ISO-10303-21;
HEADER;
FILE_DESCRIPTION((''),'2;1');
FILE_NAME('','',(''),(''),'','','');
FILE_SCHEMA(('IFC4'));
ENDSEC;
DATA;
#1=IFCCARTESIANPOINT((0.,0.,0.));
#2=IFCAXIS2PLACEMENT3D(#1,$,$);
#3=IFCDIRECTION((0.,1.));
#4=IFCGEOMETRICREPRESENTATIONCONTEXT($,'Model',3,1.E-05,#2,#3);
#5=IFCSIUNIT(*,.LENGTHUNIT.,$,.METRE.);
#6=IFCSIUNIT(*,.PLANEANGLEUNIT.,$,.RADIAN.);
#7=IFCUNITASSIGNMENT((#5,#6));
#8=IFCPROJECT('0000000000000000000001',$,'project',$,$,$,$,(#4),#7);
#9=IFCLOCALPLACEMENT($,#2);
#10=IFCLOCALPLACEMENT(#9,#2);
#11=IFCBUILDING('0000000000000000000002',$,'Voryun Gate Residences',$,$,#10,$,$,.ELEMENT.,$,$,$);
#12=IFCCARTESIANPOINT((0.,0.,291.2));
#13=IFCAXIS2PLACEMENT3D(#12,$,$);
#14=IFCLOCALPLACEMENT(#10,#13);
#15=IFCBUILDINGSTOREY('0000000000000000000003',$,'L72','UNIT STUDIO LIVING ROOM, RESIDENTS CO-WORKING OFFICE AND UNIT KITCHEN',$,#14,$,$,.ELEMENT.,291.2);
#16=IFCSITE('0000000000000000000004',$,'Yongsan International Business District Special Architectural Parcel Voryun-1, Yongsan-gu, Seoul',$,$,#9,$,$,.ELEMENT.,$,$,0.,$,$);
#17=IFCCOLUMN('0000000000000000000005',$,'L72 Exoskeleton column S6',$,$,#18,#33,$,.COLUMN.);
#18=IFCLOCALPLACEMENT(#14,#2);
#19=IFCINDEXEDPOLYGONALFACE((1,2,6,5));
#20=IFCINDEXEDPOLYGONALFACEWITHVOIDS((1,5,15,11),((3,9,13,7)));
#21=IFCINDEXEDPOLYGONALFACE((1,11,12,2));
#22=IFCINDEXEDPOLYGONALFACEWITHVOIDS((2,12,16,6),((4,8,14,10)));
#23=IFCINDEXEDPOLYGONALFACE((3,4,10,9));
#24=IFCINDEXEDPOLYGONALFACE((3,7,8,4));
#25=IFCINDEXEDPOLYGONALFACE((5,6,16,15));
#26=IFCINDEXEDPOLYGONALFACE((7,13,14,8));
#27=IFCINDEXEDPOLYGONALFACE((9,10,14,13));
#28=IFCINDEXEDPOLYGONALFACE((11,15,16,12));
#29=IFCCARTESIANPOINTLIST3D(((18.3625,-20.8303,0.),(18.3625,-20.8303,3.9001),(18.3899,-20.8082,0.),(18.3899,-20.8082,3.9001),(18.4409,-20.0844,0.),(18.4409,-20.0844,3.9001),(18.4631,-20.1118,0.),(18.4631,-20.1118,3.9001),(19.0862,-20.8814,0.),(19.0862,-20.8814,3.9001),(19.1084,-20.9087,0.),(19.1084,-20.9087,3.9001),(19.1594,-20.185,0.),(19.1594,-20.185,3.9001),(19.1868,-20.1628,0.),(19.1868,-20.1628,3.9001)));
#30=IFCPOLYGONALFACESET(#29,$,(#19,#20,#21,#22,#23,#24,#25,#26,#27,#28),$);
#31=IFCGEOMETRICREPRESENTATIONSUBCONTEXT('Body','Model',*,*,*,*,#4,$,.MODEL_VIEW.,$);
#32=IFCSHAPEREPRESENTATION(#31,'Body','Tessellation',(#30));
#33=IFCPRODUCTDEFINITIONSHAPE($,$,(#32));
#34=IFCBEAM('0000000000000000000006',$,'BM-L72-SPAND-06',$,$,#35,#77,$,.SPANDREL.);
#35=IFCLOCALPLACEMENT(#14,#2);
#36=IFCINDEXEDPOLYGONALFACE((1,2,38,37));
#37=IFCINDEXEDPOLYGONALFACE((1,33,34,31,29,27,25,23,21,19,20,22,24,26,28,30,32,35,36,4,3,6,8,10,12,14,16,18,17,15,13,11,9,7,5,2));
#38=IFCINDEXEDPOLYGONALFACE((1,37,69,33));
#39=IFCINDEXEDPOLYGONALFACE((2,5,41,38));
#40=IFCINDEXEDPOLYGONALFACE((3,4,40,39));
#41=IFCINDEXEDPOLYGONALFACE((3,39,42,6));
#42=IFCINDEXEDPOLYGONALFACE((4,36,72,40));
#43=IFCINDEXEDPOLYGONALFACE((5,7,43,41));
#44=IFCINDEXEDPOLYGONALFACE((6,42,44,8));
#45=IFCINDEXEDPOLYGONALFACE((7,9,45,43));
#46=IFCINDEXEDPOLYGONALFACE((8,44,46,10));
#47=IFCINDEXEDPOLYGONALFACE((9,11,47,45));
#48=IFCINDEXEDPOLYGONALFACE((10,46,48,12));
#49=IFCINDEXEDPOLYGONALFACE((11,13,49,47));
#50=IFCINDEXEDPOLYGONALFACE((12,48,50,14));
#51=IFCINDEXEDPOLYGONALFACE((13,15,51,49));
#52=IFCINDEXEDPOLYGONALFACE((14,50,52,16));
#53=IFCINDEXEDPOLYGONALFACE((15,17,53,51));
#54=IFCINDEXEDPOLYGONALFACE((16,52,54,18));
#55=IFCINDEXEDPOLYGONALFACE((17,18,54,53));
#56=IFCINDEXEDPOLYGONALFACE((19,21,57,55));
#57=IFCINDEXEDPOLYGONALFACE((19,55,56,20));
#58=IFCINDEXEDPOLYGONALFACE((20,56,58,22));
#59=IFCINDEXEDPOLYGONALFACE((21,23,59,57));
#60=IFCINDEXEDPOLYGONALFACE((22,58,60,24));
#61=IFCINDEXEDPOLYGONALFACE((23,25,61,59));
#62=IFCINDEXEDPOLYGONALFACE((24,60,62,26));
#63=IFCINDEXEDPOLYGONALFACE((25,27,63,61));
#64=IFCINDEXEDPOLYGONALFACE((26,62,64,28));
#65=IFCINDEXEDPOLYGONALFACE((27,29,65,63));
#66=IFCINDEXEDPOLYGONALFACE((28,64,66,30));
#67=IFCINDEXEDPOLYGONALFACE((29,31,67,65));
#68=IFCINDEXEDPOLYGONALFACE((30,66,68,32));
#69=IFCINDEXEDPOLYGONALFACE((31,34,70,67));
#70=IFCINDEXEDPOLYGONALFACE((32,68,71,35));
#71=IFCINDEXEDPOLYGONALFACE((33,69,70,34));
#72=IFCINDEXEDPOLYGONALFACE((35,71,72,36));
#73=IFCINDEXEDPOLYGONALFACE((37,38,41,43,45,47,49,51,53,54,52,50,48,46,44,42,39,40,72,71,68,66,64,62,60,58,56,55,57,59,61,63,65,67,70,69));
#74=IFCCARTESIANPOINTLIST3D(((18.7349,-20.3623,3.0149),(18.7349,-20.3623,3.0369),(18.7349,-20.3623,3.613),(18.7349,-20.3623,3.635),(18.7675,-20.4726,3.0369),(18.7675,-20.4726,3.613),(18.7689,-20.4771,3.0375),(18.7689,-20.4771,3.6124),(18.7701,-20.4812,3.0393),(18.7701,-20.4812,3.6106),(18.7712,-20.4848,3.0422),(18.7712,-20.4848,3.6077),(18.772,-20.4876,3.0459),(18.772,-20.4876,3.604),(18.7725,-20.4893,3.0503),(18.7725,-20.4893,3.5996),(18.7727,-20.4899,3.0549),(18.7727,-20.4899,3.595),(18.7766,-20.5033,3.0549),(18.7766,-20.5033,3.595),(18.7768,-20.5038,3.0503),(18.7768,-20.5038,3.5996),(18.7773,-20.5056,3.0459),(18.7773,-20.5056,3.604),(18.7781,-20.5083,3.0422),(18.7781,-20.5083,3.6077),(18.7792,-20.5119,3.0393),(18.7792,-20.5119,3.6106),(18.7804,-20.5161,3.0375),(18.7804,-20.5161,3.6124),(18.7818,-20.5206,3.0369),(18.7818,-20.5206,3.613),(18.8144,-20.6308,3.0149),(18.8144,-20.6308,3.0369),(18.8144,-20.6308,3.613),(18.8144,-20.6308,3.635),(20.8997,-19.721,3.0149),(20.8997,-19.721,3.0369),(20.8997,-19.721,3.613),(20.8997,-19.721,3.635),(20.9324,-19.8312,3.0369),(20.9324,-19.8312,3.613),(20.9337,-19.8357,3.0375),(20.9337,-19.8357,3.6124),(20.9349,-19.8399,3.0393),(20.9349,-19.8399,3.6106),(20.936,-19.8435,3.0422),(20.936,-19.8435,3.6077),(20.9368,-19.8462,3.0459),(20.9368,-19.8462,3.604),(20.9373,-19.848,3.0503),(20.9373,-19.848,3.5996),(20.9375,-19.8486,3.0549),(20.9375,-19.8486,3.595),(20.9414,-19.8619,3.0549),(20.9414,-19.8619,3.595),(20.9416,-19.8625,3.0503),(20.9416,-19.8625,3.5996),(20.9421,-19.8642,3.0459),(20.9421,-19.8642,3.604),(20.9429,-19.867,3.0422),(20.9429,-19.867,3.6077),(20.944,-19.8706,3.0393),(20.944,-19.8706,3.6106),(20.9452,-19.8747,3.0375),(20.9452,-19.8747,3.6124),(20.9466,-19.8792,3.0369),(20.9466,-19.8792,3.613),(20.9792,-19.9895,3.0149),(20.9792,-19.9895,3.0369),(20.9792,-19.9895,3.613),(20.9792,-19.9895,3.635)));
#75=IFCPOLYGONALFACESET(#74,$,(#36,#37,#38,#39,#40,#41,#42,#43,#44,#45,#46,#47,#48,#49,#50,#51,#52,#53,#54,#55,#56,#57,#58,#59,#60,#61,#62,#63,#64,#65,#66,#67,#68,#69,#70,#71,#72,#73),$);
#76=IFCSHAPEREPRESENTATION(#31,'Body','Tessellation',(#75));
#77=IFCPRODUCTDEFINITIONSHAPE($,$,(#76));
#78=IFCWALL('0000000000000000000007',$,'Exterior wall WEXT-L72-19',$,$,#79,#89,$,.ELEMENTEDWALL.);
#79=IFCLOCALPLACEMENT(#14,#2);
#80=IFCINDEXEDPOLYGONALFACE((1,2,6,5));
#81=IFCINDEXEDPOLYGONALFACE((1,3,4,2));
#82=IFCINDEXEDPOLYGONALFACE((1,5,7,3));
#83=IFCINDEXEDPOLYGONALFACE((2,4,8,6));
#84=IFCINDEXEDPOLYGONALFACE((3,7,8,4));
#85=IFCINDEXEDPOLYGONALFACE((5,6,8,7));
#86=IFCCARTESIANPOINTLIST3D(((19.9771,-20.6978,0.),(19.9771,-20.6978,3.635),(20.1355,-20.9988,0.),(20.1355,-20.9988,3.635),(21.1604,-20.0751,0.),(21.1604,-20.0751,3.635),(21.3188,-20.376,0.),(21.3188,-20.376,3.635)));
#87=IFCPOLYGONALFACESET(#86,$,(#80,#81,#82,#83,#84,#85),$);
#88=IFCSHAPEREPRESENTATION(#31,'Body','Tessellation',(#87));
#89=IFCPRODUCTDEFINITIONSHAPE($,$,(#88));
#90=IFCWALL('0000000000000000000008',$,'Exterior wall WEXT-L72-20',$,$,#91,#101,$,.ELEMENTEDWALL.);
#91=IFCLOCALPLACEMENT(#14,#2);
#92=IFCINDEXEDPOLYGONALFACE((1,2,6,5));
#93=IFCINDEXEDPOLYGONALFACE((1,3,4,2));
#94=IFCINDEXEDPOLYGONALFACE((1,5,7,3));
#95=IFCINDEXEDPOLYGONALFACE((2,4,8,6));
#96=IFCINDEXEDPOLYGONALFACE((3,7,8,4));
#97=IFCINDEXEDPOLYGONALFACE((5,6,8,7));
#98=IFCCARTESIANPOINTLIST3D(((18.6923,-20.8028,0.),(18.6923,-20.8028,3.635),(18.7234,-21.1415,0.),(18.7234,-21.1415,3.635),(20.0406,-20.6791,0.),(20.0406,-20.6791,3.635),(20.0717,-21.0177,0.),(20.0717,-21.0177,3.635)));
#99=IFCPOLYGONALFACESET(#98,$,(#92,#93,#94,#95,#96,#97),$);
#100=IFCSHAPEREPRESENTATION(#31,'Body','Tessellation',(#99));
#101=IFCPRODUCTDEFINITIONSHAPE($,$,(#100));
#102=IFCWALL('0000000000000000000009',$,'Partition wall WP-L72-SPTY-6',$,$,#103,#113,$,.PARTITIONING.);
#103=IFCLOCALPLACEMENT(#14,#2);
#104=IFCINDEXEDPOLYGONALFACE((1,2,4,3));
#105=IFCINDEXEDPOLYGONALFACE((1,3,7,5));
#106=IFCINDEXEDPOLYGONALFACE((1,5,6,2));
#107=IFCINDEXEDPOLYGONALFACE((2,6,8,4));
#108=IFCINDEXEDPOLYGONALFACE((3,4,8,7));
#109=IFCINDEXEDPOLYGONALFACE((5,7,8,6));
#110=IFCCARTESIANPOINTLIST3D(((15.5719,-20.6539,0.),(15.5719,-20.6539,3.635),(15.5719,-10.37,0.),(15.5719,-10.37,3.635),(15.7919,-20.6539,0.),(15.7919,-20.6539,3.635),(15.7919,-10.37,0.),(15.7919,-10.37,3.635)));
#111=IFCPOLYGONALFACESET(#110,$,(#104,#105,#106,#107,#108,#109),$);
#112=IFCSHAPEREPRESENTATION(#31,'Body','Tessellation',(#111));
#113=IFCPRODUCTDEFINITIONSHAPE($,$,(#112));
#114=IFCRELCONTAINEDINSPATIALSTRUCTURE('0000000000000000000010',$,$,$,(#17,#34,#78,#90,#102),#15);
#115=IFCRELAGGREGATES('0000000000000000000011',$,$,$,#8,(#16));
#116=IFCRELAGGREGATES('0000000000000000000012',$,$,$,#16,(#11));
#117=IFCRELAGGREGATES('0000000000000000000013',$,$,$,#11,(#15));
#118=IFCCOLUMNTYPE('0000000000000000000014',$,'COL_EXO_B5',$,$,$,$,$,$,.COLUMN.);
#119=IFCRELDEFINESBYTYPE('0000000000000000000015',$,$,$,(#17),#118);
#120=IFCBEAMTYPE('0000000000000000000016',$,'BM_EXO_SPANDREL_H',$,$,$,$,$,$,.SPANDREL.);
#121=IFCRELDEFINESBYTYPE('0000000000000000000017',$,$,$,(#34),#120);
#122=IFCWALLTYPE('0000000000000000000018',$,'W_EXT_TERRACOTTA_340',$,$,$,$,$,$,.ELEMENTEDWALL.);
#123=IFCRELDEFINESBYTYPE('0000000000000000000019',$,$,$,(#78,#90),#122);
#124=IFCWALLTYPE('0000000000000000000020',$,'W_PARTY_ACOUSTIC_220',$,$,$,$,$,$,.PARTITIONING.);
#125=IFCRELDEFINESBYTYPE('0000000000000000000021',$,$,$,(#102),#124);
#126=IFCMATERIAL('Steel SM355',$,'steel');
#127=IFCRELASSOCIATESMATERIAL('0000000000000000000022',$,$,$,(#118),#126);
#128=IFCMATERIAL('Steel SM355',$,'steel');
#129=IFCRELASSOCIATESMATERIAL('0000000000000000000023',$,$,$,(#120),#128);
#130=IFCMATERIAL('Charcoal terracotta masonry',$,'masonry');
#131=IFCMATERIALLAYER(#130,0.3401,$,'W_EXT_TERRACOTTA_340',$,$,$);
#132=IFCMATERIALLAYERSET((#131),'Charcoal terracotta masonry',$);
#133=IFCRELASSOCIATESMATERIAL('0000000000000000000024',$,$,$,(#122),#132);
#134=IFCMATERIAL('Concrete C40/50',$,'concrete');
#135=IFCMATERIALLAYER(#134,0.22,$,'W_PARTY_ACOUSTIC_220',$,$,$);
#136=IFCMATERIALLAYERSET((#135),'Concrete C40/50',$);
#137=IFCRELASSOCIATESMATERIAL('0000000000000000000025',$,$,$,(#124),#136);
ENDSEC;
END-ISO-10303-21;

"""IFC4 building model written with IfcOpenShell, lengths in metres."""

from ifc_helpers import new_model, si_unit, direction, frame, frame_2d, origin, origin_2d, place, context, subcontext, project, spatial, rectangle, hollow_rectangle, i_section, extrude, material, layer, layer_set, material_profile, profile_set, type_object, element, save


model = new_model("IFC4")

# Units and contexts
model_context = context("Model", 3, precision=1e-05, world=origin(), true_north=direction((0.0, 1.0)))
body_context = subcontext(model_context, "Body", "Model", "MODEL_VIEW")
ifc_project = project(units=[si_unit("LENGTHUNIT", "METRE"), si_unit("PLANEANGLEUNIT", "RADIAN")], contexts=[model_context])

# Site, building, storey
site_placement = place(None, origin())
site = spatial("IfcSite", under=ifc_project, at=site_placement, Name="Yongsan International Business District Special Architectural Parcel Voryun-1, Yongsan-gu, Seoul", CompositionType="ELEMENT", RefElevation=0.0)
building_placement = place(site_placement, origin())
building = spatial("IfcBuilding", under=site, at=building_placement, Name="Voryun Gate Residences", CompositionType="ELEMENT")
storey_placement = place(building_placement, frame((0.0, 0.0, 291.2)))
storey = spatial("IfcBuildingStorey", under=building, at=storey_placement, Name="L72", Description="UNIT STUDIO LIVING ROOM, RESIDENTS CO-WORKING OFFICE AND UNIT KITCHEN", CompositionType="ELEMENT", Elevation=291.2)

# Column
ifc_material_1 = material(Name="Steel SM355", Category="steel")
ifc_material_profile_1 = material_profile(ifc_material_1, hollow_rectangle(XDim=0.75, YDim=0.75, WallThickness=0.0249, at=origin_2d()), Name="BOX-750x750x25")
ifc_profile_set_1 = profile_set([ifc_material_profile_1], Name="Steel SM355")
column_type = type_object("IfcColumnType", Name="COL_EXO_B5", PredefinedType="COLUMN", material=ifc_profile_set_1)
column_placement = place(storey_placement, frame((18.7747, -20.4966, 0.0), z_axis=(0.0, 0.0, 1.0), x_axis=(0.994522, -0.104528, 0.0)))
element("IfcColumn", 1, at=column_placement, inside=storey, type_object=column_type, Name="L72 Exoskeleton column S6", PredefinedType="COLUMN", context=body_context, shape_type="SweptSolid", body=[
    extrude(hollow_rectangle(XDim=0.75, YDim=0.75, WallThickness=0.0249, at=origin_2d()), origin(), (0.0, 0.0, 1.0), 3.9001),
])

# Beam
ifc_material_2 = material(Name="Steel SM355", Category="steel")
ifc_material_profile_2 = material_profile(ifc_material_2, i_section(OverallWidth=0.28, OverallDepth=0.6201, WebThickness=0.0139, FlangeThickness=0.022, FilletRadius=0.0181, at=origin_2d()), Name="H-620x280x14x22")
ifc_profile_set_2 = profile_set([ifc_material_profile_2], Name="Steel SM355")
beam_type = type_object("IfcBeamType", Name="BM_EXO_SPANDREL_H", PredefinedType="SPANDREL", material=ifc_profile_set_2)
beam_placement = place(storey_placement, frame((18.7747, -20.4966, 3.325), z_axis=(0.958806, 0.284063, 0.0), x_axis=(-0.284063, 0.958806, 0.0)))
element("IfcBeam", 2, at=beam_placement, inside=storey, type_object=beam_type, Name="BM-L72-SPAND-06", PredefinedType="SPANDREL", context=body_context, shape_type="SweptSolid", body=[
    extrude(i_section(OverallWidth=0.28, OverallDepth=0.6201, WebThickness=0.0139, FlangeThickness=0.022, FilletRadius=0.0181, at=origin_2d()), origin(), (0.0, 0.0, 1.0), 2.2578),
])

# Shared definitions
ifc_material_3 = material(Name="Charcoal terracotta masonry", Category="masonry")
ifc_layer_1 = layer(ifc_material_3, 0.3401, Name="W_EXT_TERRACOTTA_340")
ifc_layer_set_1 = layer_set([ifc_layer_1], Name="Charcoal terracotta masonry")
wall_type_1 = type_object("IfcWallType", Name="W_EXT_TERRACOTTA_340", PredefinedType="ELEMENTEDWALL", material=ifc_layer_set_1)

# Walls
wall_1_placement = place(storey_placement, frame((21.2395, -20.2256, 0.0), z_axis=(0.0, 0.0, 1.0), x_axis=(-0.884922, -0.465739, 0.0)))
element("IfcWall", 3, at=wall_1_placement, inside=storey, type_object=wall_type_1, Name="Exterior wall WEXT-L72-19", PredefinedType="ELEMENTEDWALL", context=body_context, shape_type="SweptSolid", body=[
    extrude(rectangle(XDim=1.3372, YDim=0.3401, at=frame_2d((0.6685, 0.0))), origin(), (0.0, 0.0, 1.0), 3.635),
])
wall_2_placement = place(storey_placement, frame((20.0562, -20.8484, 0.0), z_axis=(0.0, 0.0, 1.0), x_axis=(-0.995813, -0.091414, 0.0)))
element("IfcWall", 4, at=wall_2_placement, inside=storey, type_object=wall_type_1, Name="Exterior wall WEXT-L72-20", PredefinedType="ELEMENTEDWALL", context=body_context, shape_type="SweptSolid", body=[
    extrude(rectangle(XDim=1.354, YDim=0.3401, at=frame_2d((0.677, 0.0))), origin(), (0.0, 0.0, 1.0), 3.635),
])
ifc_material_4 = material(Name="Concrete C40/50", Category="concrete")
ifc_layer_2 = layer(ifc_material_4, 0.22, Name="W_PARTY_ACOUSTIC_220")
ifc_layer_set_2 = layer_set([ifc_layer_2], Name="Concrete C40/50")
wall_type_2 = type_object("IfcWallType", Name="W_PARTY_ACOUSTIC_220", PredefinedType="PARTITIONING", material=ifc_layer_set_2)
wall_3_placement = place(storey_placement, frame((15.6819, -20.6541, 0.0), z_axis=(0.0, 0.0, 1.0), x_axis=(0.0, 1.0, 0.0)))
element("IfcWall", 5, at=wall_3_placement, inside=storey, type_object=wall_type_2, Name="Partition wall WP-L72-SPTY-6", PredefinedType="PARTITIONING", context=body_context, shape_type="SweptSolid", body=[
    extrude(rectangle(XDim=10.2839, YDim=0.22, at=frame_2d((5.1421, 0.0))), origin(), (0.0, 0.0, 1.0), 3.635),
])

save(model, "model.ifc")
